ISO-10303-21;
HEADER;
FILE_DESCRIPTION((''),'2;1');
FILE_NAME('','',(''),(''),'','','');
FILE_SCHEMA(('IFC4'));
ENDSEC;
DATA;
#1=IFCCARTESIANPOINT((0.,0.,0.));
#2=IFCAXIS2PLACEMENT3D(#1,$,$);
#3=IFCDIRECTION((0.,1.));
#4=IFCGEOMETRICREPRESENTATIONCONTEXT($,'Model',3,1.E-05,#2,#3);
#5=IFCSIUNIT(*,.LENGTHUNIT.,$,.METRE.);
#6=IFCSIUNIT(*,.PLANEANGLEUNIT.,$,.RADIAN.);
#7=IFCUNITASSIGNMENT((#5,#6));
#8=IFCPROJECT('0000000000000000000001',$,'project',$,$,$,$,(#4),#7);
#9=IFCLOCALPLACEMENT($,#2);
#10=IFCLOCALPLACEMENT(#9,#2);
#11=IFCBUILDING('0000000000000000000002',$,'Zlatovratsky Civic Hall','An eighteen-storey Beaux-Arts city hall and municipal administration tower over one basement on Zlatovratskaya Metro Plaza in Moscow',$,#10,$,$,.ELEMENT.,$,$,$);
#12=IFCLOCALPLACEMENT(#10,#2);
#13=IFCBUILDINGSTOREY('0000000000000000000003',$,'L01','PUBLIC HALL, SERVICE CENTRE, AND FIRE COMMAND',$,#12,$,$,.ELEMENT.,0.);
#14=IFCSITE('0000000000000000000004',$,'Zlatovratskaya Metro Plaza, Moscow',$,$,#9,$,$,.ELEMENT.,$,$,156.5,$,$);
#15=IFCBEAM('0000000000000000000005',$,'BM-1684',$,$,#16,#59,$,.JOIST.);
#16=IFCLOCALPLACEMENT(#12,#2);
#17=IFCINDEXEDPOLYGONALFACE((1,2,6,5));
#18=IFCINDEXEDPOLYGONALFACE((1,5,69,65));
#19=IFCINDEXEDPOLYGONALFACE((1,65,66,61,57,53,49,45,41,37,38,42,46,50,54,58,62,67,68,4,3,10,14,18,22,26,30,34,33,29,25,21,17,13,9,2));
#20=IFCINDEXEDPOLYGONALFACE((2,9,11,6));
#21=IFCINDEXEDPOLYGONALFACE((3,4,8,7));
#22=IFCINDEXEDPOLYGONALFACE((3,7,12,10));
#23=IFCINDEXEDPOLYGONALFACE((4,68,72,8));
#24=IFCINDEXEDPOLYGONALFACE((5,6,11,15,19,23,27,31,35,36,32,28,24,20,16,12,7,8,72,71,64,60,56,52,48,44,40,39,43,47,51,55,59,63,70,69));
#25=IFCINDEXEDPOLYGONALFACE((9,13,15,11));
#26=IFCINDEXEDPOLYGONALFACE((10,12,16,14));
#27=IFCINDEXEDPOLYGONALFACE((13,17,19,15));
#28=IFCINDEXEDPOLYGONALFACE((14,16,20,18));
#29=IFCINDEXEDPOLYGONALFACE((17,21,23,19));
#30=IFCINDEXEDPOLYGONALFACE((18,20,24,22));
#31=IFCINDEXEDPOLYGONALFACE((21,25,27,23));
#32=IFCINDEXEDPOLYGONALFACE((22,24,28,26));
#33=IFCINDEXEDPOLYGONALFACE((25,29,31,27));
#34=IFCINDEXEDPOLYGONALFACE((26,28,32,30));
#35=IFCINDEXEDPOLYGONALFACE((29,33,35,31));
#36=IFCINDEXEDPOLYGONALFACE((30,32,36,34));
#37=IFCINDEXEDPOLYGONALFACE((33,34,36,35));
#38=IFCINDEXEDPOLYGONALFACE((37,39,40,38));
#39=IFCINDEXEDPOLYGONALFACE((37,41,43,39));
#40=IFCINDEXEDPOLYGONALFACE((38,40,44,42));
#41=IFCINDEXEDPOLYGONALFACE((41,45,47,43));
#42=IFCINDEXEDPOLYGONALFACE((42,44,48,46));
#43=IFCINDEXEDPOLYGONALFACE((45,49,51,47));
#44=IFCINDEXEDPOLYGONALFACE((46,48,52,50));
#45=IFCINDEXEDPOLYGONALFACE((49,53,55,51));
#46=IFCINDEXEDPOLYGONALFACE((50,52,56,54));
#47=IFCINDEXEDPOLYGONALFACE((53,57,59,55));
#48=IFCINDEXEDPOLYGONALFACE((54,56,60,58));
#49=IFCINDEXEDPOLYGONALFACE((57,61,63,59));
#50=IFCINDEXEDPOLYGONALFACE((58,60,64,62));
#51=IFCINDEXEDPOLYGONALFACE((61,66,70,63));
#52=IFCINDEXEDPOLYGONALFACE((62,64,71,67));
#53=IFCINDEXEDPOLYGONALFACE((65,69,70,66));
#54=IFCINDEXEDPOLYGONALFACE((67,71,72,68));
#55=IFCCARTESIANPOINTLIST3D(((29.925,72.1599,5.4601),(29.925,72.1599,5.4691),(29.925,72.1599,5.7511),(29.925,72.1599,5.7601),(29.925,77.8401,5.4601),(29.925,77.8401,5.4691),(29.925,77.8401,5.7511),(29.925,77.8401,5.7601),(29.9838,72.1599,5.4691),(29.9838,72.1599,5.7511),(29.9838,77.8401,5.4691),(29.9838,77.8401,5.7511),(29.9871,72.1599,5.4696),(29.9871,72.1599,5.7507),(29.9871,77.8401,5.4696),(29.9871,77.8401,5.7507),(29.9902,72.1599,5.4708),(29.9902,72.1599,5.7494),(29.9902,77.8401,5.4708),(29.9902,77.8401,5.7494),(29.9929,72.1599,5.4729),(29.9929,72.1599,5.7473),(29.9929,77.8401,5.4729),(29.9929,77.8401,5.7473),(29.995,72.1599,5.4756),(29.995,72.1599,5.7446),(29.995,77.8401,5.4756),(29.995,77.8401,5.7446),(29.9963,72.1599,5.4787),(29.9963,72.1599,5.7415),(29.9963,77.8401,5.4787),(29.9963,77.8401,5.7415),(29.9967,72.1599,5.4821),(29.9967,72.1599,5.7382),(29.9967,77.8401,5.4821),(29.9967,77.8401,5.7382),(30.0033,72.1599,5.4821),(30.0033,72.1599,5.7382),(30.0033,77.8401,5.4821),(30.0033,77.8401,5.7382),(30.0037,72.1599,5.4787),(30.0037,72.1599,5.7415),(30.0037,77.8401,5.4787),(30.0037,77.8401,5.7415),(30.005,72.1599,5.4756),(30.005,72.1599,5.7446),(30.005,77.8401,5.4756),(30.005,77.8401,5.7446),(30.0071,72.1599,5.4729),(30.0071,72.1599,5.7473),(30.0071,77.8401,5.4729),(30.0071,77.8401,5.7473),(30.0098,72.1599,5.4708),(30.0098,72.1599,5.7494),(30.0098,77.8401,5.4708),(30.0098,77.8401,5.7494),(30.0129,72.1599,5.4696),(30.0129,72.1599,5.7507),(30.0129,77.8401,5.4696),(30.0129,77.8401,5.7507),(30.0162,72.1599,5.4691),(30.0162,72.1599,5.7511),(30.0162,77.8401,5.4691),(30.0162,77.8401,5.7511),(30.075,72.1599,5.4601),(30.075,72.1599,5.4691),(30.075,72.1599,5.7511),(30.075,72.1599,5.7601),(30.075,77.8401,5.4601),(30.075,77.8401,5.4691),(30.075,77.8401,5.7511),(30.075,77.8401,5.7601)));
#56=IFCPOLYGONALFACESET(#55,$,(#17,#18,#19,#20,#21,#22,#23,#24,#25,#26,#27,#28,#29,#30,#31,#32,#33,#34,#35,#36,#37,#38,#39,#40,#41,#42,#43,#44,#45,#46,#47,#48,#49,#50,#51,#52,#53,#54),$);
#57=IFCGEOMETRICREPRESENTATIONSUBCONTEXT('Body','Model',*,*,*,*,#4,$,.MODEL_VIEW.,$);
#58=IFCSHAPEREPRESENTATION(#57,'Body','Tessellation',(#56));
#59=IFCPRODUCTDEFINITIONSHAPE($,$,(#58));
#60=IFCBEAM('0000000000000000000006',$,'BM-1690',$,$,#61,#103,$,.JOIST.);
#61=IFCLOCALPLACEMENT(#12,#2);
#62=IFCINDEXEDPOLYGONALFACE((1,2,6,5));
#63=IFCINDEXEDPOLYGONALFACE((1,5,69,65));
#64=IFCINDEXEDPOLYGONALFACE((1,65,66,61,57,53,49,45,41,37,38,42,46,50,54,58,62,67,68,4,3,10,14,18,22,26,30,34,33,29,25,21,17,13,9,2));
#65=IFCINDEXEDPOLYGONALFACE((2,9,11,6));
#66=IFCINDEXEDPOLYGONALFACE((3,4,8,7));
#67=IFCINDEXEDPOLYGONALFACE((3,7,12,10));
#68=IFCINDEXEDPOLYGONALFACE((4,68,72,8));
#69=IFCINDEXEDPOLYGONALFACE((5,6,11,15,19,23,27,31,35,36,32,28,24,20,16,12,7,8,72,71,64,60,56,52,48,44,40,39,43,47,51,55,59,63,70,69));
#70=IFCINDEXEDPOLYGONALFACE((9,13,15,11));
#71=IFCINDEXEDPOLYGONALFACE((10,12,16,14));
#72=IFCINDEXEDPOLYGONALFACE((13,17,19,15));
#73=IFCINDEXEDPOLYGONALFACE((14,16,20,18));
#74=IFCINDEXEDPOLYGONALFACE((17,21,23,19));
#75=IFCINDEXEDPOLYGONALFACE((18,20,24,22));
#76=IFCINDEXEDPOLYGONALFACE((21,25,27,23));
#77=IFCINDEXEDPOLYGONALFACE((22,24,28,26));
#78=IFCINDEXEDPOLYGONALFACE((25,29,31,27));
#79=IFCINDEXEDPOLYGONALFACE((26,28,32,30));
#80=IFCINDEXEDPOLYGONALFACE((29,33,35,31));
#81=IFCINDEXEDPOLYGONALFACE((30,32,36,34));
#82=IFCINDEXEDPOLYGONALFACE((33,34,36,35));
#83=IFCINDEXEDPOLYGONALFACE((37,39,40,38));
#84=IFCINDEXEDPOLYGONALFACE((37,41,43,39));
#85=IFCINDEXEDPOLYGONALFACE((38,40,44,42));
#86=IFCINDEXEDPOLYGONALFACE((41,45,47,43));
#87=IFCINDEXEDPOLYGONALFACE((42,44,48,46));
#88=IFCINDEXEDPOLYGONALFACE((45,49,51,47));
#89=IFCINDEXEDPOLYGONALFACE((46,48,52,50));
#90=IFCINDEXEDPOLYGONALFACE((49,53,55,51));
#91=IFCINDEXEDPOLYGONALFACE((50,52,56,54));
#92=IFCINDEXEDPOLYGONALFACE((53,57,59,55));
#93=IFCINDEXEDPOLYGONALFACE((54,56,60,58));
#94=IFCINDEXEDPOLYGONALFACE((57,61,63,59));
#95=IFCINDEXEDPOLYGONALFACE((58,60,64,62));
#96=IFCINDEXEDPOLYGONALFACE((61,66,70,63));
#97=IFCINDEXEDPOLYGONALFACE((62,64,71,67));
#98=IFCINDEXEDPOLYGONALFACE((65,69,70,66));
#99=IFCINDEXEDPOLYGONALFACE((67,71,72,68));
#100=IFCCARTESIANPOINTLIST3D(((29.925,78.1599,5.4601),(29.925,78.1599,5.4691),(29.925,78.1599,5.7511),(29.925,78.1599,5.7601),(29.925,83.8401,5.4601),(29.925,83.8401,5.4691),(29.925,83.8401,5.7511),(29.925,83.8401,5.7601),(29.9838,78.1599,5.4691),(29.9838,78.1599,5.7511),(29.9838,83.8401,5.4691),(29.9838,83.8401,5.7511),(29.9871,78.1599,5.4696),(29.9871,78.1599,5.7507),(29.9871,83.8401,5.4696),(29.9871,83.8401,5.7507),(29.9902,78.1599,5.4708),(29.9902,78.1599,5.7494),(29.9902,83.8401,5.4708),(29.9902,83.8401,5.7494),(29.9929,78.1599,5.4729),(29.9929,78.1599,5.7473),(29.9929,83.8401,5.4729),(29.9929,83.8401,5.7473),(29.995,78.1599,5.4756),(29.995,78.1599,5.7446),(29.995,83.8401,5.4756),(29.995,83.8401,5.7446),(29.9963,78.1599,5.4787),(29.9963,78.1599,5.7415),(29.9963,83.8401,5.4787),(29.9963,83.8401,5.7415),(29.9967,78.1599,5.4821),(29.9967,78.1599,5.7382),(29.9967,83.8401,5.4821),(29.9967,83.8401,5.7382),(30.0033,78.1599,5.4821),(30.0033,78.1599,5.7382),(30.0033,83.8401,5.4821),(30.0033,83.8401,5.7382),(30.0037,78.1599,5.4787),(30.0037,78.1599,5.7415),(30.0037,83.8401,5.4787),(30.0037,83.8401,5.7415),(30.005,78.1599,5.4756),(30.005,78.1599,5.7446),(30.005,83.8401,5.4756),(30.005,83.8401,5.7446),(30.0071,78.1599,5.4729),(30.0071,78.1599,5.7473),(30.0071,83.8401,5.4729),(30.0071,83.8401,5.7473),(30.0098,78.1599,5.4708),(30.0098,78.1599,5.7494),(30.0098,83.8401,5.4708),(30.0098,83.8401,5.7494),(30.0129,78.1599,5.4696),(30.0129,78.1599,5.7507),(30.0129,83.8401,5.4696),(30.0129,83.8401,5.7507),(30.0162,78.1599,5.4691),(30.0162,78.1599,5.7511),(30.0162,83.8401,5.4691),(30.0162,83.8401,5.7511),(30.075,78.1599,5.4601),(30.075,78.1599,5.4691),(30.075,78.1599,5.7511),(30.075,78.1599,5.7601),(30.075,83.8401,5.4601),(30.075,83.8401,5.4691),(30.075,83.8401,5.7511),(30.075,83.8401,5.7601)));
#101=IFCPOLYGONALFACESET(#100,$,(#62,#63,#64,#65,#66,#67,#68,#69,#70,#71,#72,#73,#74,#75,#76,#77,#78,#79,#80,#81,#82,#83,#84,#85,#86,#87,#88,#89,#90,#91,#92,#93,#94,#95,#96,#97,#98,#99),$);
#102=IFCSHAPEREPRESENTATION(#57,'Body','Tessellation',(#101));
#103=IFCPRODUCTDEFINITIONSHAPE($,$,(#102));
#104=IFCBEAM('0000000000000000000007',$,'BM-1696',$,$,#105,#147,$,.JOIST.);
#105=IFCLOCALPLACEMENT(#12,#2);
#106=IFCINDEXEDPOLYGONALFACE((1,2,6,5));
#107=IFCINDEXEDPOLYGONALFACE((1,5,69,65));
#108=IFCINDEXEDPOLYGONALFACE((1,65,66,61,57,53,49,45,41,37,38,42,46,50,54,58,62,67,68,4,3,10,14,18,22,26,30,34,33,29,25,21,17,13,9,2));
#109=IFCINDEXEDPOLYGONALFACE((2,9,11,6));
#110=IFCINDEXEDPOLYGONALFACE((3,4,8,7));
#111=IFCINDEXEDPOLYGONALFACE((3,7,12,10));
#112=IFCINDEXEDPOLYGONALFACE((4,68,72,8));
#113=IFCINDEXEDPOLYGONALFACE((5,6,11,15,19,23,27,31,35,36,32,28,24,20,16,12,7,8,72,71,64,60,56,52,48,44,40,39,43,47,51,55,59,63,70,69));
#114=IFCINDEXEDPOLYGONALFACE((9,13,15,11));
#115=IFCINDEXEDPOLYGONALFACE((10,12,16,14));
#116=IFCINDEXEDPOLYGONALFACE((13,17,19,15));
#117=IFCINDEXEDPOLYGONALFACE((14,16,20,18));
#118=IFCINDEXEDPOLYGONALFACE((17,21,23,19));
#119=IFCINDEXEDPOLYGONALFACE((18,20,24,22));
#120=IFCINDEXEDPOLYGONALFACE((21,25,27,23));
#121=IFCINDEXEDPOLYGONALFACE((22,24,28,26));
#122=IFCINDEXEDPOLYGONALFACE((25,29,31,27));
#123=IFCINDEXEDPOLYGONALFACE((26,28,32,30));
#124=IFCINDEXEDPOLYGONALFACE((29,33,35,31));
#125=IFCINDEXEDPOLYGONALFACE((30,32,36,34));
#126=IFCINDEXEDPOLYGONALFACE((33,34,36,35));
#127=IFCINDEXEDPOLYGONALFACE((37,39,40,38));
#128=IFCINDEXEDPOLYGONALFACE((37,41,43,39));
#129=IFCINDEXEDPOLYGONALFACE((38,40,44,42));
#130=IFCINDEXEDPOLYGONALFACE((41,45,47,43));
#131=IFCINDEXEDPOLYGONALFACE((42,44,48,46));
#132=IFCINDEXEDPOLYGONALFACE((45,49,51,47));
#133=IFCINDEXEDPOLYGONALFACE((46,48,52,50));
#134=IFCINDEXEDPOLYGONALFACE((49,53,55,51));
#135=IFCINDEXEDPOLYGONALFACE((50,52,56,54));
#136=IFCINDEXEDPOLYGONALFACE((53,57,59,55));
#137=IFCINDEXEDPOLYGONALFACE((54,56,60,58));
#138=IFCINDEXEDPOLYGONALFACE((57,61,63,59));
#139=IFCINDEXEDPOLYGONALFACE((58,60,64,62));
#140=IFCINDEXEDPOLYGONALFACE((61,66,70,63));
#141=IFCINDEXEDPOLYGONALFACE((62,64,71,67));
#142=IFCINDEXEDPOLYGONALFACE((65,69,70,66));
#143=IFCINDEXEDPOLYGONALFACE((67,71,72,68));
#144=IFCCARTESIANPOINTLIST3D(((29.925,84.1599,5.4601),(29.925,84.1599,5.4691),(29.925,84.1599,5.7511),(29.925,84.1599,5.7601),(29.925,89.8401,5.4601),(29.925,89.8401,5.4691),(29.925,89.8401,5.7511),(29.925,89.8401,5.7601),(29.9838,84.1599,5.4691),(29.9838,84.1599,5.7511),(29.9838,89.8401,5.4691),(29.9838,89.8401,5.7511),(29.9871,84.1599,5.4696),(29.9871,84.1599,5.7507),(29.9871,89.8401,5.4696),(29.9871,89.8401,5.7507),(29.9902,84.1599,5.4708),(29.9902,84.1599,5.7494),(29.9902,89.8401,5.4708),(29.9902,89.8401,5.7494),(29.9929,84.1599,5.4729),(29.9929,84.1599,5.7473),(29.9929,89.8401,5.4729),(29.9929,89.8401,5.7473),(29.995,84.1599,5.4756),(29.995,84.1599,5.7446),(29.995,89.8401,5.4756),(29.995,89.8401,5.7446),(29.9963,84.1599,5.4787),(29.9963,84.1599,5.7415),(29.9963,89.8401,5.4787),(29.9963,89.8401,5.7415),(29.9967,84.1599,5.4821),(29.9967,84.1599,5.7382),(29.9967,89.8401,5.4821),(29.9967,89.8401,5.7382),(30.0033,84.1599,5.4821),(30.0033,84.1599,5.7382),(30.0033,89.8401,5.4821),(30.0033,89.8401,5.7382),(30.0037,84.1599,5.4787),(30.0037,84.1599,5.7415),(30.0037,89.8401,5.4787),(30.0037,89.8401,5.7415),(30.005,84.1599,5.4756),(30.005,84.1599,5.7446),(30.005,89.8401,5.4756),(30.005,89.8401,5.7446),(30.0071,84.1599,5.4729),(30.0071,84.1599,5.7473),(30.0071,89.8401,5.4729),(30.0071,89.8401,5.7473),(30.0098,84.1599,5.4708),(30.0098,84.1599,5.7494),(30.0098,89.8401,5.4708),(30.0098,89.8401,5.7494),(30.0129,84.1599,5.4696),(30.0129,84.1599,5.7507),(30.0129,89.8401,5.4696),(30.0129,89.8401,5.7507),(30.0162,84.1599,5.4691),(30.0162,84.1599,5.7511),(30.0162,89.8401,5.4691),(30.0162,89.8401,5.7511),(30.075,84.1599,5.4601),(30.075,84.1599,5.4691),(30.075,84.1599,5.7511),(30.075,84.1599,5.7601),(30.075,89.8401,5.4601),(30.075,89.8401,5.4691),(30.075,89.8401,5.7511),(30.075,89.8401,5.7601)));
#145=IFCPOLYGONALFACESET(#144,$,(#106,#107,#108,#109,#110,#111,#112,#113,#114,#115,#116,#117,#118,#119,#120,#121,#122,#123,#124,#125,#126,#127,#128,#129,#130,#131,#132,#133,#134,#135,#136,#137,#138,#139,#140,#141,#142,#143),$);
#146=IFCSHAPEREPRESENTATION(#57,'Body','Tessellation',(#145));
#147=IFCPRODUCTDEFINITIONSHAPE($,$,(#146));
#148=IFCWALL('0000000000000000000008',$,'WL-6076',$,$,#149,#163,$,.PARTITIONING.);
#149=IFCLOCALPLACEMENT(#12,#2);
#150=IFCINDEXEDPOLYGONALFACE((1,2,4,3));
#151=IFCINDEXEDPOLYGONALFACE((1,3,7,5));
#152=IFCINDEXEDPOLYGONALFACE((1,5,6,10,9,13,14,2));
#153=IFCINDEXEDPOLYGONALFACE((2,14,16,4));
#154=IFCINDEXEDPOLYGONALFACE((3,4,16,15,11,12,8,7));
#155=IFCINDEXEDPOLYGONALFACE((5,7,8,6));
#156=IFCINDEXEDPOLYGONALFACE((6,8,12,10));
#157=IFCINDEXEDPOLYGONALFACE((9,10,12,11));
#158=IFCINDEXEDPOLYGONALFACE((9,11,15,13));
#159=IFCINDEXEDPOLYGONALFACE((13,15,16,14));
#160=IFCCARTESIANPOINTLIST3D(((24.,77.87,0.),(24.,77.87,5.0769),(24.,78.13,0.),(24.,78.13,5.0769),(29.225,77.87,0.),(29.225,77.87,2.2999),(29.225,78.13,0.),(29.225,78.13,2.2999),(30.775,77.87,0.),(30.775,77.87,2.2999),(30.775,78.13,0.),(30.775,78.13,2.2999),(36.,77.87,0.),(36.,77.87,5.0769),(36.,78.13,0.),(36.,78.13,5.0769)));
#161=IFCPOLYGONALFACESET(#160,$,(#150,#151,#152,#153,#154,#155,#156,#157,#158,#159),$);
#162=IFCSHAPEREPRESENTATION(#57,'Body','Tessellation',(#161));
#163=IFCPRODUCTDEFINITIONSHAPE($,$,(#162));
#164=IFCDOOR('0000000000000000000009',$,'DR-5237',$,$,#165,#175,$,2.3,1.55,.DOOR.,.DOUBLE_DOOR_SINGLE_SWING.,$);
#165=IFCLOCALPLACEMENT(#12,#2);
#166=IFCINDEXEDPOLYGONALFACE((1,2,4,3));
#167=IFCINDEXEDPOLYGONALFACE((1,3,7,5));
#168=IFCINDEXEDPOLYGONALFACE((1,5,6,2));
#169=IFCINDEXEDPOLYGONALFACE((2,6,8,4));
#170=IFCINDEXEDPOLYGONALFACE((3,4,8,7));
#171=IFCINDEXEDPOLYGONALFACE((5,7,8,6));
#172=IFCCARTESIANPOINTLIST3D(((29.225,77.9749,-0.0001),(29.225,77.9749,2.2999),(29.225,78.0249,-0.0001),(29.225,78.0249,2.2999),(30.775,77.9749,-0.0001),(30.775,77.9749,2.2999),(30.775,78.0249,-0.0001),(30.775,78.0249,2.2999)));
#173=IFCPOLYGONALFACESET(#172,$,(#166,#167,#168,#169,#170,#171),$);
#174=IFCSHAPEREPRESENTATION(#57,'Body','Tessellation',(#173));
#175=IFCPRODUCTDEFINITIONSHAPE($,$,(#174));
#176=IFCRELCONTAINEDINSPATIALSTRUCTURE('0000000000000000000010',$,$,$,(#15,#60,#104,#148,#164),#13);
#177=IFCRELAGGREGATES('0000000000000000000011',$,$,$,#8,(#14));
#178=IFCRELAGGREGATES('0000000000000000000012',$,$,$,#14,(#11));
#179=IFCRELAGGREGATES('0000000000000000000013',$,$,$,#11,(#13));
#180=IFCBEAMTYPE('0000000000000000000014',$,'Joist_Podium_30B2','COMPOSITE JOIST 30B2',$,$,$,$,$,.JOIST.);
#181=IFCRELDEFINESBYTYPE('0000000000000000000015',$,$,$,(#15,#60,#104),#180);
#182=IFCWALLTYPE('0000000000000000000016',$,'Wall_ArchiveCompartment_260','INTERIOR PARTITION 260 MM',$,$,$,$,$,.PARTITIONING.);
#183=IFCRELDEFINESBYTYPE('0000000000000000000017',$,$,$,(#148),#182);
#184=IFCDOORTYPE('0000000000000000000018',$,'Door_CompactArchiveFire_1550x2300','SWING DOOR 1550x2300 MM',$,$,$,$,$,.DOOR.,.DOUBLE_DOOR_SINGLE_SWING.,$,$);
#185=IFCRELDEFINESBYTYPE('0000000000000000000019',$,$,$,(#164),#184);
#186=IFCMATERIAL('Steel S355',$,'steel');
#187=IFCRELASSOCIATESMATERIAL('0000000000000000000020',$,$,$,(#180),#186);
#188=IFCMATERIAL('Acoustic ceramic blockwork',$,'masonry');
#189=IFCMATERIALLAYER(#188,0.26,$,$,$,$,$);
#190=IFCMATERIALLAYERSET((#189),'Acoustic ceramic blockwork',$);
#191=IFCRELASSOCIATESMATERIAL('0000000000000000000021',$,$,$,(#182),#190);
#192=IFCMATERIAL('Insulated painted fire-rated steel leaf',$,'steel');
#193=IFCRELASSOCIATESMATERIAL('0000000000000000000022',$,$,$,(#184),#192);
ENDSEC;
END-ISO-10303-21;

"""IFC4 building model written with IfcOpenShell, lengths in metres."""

from ifc_helpers import new_model, si_unit, direction, frame, frame_2d, origin, origin_2d, place, context, subcontext, project, spatial, rectangle, i_section, extrude, material, layer, layer_set, material_profile, profile_set, type_object, element, fill, save


model = new_model("IFC4")

# Units and contexts
model_context = context("Model", 3, precision=1e-05, world=origin(), true_north=direction((0.0, 1.0)))
body_context = subcontext(model_context, "Body", "Model", "MODEL_VIEW")
ifc_project = project(units=[si_unit("LENGTHUNIT", "METRE"), si_unit("PLANEANGLEUNIT", "RADIAN")], contexts=[model_context])

# Site, building, storey
site_placement = place(None, origin())
site = spatial("IfcSite", under=ifc_project, at=site_placement, Name="Zlatovratskaya Metro Plaza, Moscow", CompositionType="ELEMENT", RefElevation=156.5)
building_placement = place(site_placement, origin())
building = spatial("IfcBuilding", under=site, at=building_placement, Name="Zlatovratsky Civic Hall", Description="An eighteen-storey Beaux-Arts city hall and municipal administration tower over one basement on Zlatovratskaya Metro Plaza in Moscow", CompositionType="ELEMENT")
storey_placement = place(building_placement, origin())
storey = spatial("IfcBuildingStorey", under=building, at=storey_placement, Name="L01", Description="PUBLIC HALL, SERVICE CENTRE, AND FIRE COMMAND", CompositionType="ELEMENT", Elevation=0.0)

# Shared definitions
ifc_material_1 = material(Name="Steel S355", Category="steel")

# Beams
ifc_material_profile_1 = material_profile(ifc_material_1, i_section(OverallWidth=0.1499, OverallDepth=0.3, WebThickness=0.0066, FlangeThickness=0.009, FilletRadius=0.0129, at=origin_2d()), Name="30B2")
ifc_profile_set_1 = profile_set([ifc_material_profile_1], Name="Steel S355")
beam_type_1 = type_object("IfcBeamType", Name="Joist_Podium_30B2", Description="COMPOSITE JOIST 30B2", PredefinedType="JOIST", material=ifc_profile_set_1)
for number, where, z_axis, x_axis, name in (
    (1, (30.0, 72.1599, 5.6101), (0.0, 1.0, 0.0), (-1.0, 0.0, 0.0), "BM-1684"),
    (2, (30.0, 78.1599, 5.6101), (0.0, 1.0, 0.0), (-1.0, 0.0, 0.0), "BM-1690"),
    (3, (30.0, 84.1599, 5.6101), (0.0, 1.0, 0.0), (-1.0, 0.0, 0.0), "BM-1696"),
):
    element("IfcBeam", number, at=place(storey_placement, frame(where, z_axis=z_axis, x_axis=x_axis)), inside=storey, type_object=beam_type_1, Name=name, PredefinedType="JOIST", context=body_context, shape_type="SweptSolid", body=[
        extrude(i_section(OverallWidth=0.1499, OverallDepth=0.3, WebThickness=0.0066, FlangeThickness=0.009, FilletRadius=0.0129, at=origin_2d()), origin(), (0.0, 0.0, 1.0), 5.6802),
    ])

# Wall, opening, door
ifc_material_2 = material(Name="Acoustic ceramic blockwork", Category="masonry")
ifc_layer = layer(ifc_material_2, 0.26)
ifc_layer_set = layer_set([ifc_layer], Name="Acoustic ceramic blockwork")
wall_type = type_object("IfcWallType", Name="Wall_ArchiveCompartment_260", Description="INTERIOR PARTITION 260 MM", PredefinedType="PARTITIONING", material=ifc_layer_set)
wall_1_placement = place(storey_placement, frame((24.0, 78.0, 0.0), z_axis=(0.0, 0.0, 1.0), x_axis=(1.0, 0.0, 0.0)))
wall_1 = element("IfcWall", 4, at=wall_1_placement, inside=storey, type_object=wall_type, Name="WL-6076", PredefinedType="PARTITIONING", context=body_context, shape_type="SweptSolid", body=[
    extrude(rectangle(XDim=12.0, YDim=0.26, at=frame_2d((6.0, 0.0))), origin(), (0.0, 0.0, 1.0), 5.0769),
])
opening_1_placement = place(wall_1_placement, frame((5.2251, 0.0, 0.0)))
opening_1 = element("IfcOpeningElement", 5, at=opening_1_placement, cuts=wall_1, PredefinedType="OPENING", context=body_context, shape_type="SweptSolid", body=[
    extrude(rectangle(XDim=1.55, YDim=2.3, at=frame_2d((0.7749, 1.1499))), frame((0.0, 0.145, 0.0), z_axis=(0.0, -1.0, 0.0), x_axis=(1.0, 0.0, 0.0)), (0.0, 0.0, 1.0), 0.2898),
])
ifc_material_3 = material(Name="Insulated painted fire-rated steel leaf", Category="steel")
door_type = type_object("IfcDoorType", Name="Door_CompactArchiveFire_1550x2300", Description="SWING DOOR 1550x2300 MM", OperationType="DOUBLE_DOOR_SINGLE_SWING", PredefinedType="DOOR", material=ifc_material_3)
door_1_placement = place(opening_1_placement, origin())
door_1 = element("IfcDoor", 6, at=door_1_placement, inside=storey, type_object=door_type, Name="DR-5237", OperationType="DOUBLE_DOOR_SINGLE_SWING", OverallHeight=2.3, OverallWidth=1.55, PredefinedType="DOOR", context=body_context, shape_type="SweptSolid", body=[
    extrude(rectangle(XDim=1.55, YDim=2.3, at=frame_2d((0.7749, 1.1499))), frame((0.0, 0.0249, 0.0), z_axis=(0.0, -1.0, 0.0), x_axis=(1.0, 0.0, 0.0)), (0.0, 0.0, 1.0), 0.05),
])
fill(opening_1, door_1)

save(model, "model.ifc")
